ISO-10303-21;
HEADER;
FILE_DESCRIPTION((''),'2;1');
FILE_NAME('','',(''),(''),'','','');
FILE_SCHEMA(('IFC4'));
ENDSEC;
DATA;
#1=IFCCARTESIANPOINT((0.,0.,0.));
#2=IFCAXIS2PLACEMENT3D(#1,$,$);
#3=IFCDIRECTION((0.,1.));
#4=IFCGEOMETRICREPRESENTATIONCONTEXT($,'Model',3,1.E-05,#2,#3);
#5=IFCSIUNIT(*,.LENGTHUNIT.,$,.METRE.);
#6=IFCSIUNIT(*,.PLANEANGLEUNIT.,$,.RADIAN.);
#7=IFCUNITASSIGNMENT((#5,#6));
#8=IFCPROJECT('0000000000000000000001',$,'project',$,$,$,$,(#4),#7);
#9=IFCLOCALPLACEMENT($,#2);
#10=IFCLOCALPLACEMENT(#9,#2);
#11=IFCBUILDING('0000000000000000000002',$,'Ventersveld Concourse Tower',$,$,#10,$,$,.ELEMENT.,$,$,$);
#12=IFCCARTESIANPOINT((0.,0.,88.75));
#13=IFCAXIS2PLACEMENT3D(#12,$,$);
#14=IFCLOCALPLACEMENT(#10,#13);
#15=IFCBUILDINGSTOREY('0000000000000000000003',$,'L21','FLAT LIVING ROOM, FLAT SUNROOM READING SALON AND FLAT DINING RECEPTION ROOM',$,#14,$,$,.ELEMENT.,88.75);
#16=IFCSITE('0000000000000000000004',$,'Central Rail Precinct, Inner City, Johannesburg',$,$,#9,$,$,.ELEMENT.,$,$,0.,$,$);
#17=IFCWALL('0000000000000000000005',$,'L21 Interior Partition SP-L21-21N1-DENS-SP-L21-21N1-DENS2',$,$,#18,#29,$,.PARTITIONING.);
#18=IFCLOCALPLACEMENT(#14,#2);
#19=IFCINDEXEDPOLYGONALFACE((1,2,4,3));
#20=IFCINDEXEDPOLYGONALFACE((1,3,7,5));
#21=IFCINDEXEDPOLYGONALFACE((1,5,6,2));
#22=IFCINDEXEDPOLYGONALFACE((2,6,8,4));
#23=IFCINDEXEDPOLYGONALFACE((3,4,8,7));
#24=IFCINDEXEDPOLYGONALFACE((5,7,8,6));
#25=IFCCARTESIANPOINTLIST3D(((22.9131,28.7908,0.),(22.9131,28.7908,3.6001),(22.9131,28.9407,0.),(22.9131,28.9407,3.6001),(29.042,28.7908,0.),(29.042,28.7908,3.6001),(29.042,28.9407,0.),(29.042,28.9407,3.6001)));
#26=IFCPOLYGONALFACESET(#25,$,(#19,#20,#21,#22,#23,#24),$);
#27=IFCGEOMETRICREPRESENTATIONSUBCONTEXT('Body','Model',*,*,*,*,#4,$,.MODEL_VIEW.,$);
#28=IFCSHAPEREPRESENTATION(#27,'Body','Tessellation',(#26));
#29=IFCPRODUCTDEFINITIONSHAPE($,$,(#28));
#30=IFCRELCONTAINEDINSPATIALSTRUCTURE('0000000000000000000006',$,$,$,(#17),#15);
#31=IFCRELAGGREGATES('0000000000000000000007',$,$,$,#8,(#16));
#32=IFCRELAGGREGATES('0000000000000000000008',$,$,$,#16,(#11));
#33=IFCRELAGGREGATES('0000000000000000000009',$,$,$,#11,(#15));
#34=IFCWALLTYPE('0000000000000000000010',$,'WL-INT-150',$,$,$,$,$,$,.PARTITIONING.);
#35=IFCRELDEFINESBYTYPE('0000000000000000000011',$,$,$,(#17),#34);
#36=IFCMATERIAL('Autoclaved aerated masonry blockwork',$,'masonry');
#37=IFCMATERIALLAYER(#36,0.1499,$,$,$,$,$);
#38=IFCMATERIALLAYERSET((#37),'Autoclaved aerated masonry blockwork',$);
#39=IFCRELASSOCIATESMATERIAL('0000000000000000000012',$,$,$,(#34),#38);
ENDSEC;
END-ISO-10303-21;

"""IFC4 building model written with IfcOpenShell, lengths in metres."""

from ifc_helpers import new_model, si_unit, direction, frame, frame_2d, origin, place, context, subcontext, project, spatial, rectangle, extrude, material, layer, layer_set, type_object, element, save


model = new_model("IFC4")

# Units and contexts
model_context = context("Model", 3, precision=1e-05, world=origin(), true_north=direction((0.0, 1.0)))
body_context = subcontext(model_context, "Body", "Model", "MODEL_VIEW")
ifc_project = project(units=[si_unit("LENGTHUNIT", "METRE"), si_unit("PLANEANGLEUNIT", "RADIAN")], contexts=[model_context])

# Site, building, storey
site_placement = place(None, origin())
site = spatial("IfcSite", under=ifc_project, at=site_placement, Name="Central Rail Precinct, Inner City, Johannesburg", CompositionType="ELEMENT", RefElevation=0.0)
building_placement = place(site_placement, origin())
building = spatial("IfcBuilding", under=site, at=building_placement, Name="Ventersveld Concourse Tower", CompositionType="ELEMENT")
storey_placement = place(building_placement, frame((0.0, 0.0, 88.75)))
storey = spatial("IfcBuildingStorey", under=building, at=storey_placement, Name="L21", Description="FLAT LIVING ROOM, FLAT SUNROOM READING SALON AND FLAT DINING RECEPTION ROOM", CompositionType="ELEMENT", Elevation=88.75)

# Shared definitions
ifc_material_1 = material(Name="Autoclaved aerated masonry blockwork", Category="masonry")
ifc_layer_1 = layer(ifc_material_1, 0.1499)
ifc_layer_set_1 = layer_set([ifc_layer_1], Name="Autoclaved aerated masonry blockwork")
wall_type_1 = type_object("IfcWallType", Name="WL-INT-150", PredefinedType="PARTITIONING", material=ifc_layer_set_1)

# Wall
for number, where, z_axis, x_axis, name in (
    (1, (22.9131, 28.8657, 0.0), (0.0, 0.0, 1.0), (1.0, 0.0, 0.0), "L21 Interior Partition SP-L21-21N1-DENS-SP-L21-21N1-DENS2"),
):
    element("IfcWall", number, at=place(storey_placement, frame(where, z_axis=z_axis, x_axis=x_axis)), inside=storey, type_object=wall_type_1, Name=name, PredefinedType="PARTITIONING", context=body_context, shape_type="SweptSolid", body=[
        extrude(rectangle(XDim=6.1289, YDim=0.1499, at=frame_2d((3.0645, 0.0))), origin(), (0.0, 0.0, 1.0), 3.6001),
    ])

save(model, "model.ifc")
